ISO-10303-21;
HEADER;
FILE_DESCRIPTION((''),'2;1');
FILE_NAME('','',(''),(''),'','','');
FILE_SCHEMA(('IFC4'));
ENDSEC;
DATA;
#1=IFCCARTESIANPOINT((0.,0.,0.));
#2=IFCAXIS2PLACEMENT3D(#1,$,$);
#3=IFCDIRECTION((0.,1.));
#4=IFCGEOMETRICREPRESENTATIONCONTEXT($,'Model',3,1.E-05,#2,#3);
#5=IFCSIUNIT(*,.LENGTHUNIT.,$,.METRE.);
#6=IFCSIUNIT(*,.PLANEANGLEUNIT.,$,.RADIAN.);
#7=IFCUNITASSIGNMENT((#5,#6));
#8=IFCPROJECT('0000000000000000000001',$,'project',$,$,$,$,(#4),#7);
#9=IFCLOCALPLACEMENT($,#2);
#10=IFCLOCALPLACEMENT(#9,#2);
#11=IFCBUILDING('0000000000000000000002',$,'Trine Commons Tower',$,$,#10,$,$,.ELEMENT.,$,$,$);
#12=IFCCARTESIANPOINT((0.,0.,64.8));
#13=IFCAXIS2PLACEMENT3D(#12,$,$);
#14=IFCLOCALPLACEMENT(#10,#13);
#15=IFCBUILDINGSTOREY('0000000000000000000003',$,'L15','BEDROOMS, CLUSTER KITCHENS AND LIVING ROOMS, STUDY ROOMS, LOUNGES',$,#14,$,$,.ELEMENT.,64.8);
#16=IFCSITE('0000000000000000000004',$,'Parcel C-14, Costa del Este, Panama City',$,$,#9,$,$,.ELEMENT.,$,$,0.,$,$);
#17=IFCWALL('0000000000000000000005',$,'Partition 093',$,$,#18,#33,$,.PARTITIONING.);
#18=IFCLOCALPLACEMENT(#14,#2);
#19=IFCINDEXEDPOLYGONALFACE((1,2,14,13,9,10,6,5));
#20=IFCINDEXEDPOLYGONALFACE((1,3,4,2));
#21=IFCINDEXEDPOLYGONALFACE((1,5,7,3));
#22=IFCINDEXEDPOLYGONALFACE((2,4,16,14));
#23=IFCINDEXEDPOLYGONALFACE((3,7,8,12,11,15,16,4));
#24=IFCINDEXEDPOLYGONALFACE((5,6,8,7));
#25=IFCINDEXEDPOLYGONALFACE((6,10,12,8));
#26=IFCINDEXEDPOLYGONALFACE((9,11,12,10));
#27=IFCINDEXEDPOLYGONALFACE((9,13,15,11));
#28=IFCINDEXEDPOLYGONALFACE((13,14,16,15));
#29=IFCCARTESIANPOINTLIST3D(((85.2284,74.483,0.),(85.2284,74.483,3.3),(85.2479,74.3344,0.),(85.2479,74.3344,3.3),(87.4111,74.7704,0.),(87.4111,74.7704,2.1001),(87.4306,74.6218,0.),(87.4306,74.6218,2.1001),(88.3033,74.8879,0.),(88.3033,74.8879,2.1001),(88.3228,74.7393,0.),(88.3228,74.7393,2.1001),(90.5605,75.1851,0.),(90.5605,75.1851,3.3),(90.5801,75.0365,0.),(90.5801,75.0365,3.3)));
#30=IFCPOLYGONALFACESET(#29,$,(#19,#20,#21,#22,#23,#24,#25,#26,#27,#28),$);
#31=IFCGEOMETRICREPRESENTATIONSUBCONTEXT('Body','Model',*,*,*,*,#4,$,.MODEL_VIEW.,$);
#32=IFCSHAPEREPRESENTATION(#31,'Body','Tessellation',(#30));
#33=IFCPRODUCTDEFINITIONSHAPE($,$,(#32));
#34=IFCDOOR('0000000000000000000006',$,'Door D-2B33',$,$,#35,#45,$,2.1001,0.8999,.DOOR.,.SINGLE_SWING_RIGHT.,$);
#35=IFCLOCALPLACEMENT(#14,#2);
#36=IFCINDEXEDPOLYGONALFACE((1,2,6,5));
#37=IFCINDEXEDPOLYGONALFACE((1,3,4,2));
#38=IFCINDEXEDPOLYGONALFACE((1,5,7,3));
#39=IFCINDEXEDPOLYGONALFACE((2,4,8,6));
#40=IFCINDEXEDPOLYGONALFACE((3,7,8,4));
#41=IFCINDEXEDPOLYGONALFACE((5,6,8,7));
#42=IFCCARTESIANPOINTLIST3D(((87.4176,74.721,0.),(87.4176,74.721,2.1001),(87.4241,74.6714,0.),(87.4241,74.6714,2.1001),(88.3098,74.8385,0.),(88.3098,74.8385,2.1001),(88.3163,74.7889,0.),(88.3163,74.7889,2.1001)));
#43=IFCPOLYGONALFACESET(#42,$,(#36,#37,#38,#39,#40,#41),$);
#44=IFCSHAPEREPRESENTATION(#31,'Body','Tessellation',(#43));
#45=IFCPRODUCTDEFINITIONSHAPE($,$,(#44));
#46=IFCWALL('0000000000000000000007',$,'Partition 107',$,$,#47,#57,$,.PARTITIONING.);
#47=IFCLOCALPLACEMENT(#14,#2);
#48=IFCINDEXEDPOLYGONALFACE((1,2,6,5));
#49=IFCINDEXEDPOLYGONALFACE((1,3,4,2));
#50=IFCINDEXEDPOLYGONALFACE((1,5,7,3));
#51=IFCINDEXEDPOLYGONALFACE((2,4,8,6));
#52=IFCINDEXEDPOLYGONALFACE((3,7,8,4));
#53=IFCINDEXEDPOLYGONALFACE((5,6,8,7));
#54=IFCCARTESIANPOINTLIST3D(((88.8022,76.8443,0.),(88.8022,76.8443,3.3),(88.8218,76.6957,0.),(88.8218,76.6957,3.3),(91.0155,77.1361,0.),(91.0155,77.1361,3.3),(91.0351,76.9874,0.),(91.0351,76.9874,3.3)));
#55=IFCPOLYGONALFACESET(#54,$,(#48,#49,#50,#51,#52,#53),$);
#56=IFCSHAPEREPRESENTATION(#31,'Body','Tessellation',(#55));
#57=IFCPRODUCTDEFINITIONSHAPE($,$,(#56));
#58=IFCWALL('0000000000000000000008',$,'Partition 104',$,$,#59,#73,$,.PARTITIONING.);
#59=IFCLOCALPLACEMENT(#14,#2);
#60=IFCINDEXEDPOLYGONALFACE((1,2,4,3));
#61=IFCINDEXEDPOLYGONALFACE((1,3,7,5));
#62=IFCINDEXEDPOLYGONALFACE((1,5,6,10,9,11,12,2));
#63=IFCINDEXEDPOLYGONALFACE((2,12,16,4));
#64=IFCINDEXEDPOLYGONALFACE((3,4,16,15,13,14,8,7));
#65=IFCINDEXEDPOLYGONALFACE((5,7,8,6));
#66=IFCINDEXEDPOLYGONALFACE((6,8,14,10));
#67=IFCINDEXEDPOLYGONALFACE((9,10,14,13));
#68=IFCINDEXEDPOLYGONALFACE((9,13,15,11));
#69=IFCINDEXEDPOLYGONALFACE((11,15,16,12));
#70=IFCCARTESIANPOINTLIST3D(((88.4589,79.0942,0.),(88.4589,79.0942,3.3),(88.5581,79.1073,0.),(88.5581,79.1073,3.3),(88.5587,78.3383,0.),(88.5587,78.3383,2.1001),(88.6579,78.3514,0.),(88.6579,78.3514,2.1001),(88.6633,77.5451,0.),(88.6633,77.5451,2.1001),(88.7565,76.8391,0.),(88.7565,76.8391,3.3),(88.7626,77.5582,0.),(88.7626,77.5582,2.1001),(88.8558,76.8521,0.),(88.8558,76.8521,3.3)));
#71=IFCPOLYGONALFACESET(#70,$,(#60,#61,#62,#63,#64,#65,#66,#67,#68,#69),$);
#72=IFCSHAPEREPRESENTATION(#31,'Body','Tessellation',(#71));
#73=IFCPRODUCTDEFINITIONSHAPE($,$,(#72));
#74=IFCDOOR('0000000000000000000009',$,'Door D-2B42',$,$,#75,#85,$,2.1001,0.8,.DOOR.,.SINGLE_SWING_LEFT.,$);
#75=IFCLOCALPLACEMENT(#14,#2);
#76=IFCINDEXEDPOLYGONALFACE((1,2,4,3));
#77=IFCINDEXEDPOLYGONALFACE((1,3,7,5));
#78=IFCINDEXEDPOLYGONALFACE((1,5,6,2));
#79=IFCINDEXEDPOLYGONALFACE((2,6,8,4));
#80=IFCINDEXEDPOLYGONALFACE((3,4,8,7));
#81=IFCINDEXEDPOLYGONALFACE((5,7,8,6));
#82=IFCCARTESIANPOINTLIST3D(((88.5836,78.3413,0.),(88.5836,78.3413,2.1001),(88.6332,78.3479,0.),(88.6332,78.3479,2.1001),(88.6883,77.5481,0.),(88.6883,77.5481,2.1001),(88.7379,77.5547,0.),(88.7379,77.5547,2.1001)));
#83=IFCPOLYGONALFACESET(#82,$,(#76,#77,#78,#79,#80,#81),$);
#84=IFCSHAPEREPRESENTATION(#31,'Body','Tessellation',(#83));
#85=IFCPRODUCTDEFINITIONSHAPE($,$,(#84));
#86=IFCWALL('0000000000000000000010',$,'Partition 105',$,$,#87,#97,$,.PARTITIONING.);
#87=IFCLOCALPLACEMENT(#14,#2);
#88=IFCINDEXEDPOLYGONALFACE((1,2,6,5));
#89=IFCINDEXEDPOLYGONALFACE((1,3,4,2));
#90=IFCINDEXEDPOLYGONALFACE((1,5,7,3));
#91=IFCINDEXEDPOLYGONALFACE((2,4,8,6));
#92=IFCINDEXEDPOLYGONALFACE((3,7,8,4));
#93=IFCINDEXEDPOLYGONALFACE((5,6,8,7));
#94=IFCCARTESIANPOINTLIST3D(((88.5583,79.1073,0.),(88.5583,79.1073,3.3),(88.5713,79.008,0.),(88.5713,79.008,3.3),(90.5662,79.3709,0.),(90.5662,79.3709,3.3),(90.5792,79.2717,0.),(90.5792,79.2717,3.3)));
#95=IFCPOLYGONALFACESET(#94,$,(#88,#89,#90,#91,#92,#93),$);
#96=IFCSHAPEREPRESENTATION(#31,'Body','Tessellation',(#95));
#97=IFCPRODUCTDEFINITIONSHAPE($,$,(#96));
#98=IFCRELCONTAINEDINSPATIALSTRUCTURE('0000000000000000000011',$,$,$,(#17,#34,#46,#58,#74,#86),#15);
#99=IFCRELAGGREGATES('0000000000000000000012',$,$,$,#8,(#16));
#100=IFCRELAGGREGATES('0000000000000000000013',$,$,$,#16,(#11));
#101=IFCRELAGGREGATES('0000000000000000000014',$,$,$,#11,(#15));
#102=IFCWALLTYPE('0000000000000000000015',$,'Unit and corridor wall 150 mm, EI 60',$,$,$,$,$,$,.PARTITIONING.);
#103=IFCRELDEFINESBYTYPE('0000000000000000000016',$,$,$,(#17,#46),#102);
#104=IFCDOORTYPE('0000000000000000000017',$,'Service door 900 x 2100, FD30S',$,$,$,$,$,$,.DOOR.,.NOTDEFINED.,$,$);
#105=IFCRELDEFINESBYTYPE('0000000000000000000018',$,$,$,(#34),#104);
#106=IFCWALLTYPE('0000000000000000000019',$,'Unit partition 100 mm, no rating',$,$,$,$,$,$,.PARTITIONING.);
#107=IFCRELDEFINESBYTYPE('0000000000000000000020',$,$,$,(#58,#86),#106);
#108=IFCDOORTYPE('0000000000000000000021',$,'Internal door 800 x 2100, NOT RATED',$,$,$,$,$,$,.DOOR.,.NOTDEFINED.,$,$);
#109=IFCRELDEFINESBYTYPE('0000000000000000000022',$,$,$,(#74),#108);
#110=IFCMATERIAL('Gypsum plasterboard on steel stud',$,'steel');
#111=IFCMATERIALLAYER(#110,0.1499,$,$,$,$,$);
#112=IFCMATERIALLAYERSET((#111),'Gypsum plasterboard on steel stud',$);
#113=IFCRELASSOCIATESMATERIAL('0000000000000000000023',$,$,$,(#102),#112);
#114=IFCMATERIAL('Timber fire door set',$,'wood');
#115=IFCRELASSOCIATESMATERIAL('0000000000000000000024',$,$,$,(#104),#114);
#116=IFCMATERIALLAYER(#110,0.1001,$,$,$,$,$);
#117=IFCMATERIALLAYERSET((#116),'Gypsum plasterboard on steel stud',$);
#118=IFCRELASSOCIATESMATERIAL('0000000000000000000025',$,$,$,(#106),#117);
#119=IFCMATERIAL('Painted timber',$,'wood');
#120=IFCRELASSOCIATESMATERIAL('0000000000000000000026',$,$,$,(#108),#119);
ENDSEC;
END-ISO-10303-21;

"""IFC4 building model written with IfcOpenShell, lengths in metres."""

from ifc_helpers import new_model, si_unit, direction, frame, frame_2d, origin, place, context, subcontext, project, spatial, rectangle, extrude, material, layer, layer_set, type_object, element, fill, save


model = new_model("IFC4")

# Units and contexts
model_context = context("Model", 3, precision=1e-05, world=origin(), true_north=direction((0.0, 1.0)))
body_context = subcontext(model_context, "Body", "Model", "MODEL_VIEW")
ifc_project = project(units=[si_unit("LENGTHUNIT", "METRE"), si_unit("PLANEANGLEUNIT", "RADIAN")], contexts=[model_context])

# Site, building, storey
site_placement = place(None, origin())
site = spatial("IfcSite", under=ifc_project, at=site_placement, Name="Parcel C-14, Costa del Este, Panama City", CompositionType="ELEMENT", RefElevation=0.0)
building_placement = place(site_placement, origin())
building = spatial("IfcBuilding", under=site, at=building_placement, Name="Trine Commons Tower", CompositionType="ELEMENT")
storey_placement = place(building_placement, frame((0.0, 0.0, 64.8)))
storey = spatial("IfcBuildingStorey", under=building, at=storey_placement, Name="L15", Description="BEDROOMS, CLUSTER KITCHENS AND LIVING ROOMS, STUDY ROOMS, LOUNGES", CompositionType="ELEMENT", Elevation=64.8)

# Shared definitions
ifc_material_1 = material(Name="Gypsum plasterboard on steel stud", Category="steel")
ifc_layer_1 = layer(ifc_material_1, 0.1499)
ifc_layer_set_1 = layer_set([ifc_layer_1], Name="Gypsum plasterboard on steel stud")
wall_type_1 = type_object("IfcWallType", Name="Unit and corridor wall 150 mm, EI 60", PredefinedType="PARTITIONING", material=ifc_layer_set_1)

# Shared definitions
ifc_material_2 = material(Name="Painted timber", Category="wood")
ifc_material_3 = material(Name="Timber fire door set", Category="wood")

# Wall, opening, door
wall_1_placement = place(storey_placement, frame((85.2383, 74.4087, 0.0), z_axis=(0.0, 0.0, 1.0), x_axis=(0.991441, 0.130558, 0.0)))
wall_1 = element("IfcWall", 1, at=wall_1_placement, inside=storey, type_object=wall_type_1, Name="Partition 093", PredefinedType="PARTITIONING", context=body_context, shape_type="SweptSolid", body=[
    extrude(rectangle(XDim=5.3782, YDim=0.1499, at=frame_2d((2.689, 0.0))), origin(), (0.0, 0.0, 1.0), 3.3),
])
opening_1_placement = place(wall_1_placement, frame((2.2014, 0.0, 0.0)))
opening_1 = element("IfcOpeningElement", 2, at=opening_1_placement, cuts=wall_1, PredefinedType="OPENING", context=body_context, shape_type="SweptSolid", body=[
    extrude(rectangle(XDim=0.8999, YDim=2.1001, at=frame_2d((0.45, 1.05))), frame((0.0, 0.085, 0.0), z_axis=(0.0, -1.0, 0.0), x_axis=(1.0, 0.0, 0.0)), (0.0, 0.0, 1.0), 0.1699),
])
door_type_1 = type_object("IfcDoorType", Name="Service door 900 x 2100, FD30S", OperationType="NOTDEFINED", PredefinedType="DOOR", material=ifc_material_3)
door_1_placement = place(opening_1_placement, frame((0.8999, 0.0, 0.0), z_axis=(0.0, 0.0, 1.0), x_axis=(-1.0, 0.0, 0.0)))
door_1 = element("IfcDoor", 3, at=door_1_placement, inside=storey, type_object=door_type_1, Name="Door D-2B33", OperationType="SINGLE_SWING_RIGHT", OverallHeight=2.1001, OverallWidth=0.8999, PredefinedType="DOOR", context=body_context, shape_type="SweptSolid", body=[
    extrude(rectangle(XDim=0.8999, YDim=2.1001, at=frame_2d((0.45, 1.05))), frame((0.0, 0.0249, 0.0), z_axis=(0.0, -1.0, 0.0), x_axis=(1.0, 0.0, 0.0)), (0.0, 0.0, 1.0), 0.05),
])
fill(opening_1, door_1)

# Wall
wall_2_placement = place(storey_placement, frame((88.812, 76.77, 0.0), z_axis=(0.0, 0.0, 1.0), x_axis=(0.991424, 0.130681, 0.0)))
element("IfcWall", 4, at=wall_2_placement, inside=storey, type_object=wall_type_1, Name="Partition 107", PredefinedType="PARTITIONING", context=body_context, shape_type="SweptSolid", body=[
    extrude(rectangle(XDim=2.2324, YDim=0.1499, at=frame_2d((1.1162, 0.0))), origin(), (0.0, 0.0, 1.0), 3.3),
])

# Wall, opening, door
ifc_layer_2 = layer(ifc_material_1, 0.1001)
ifc_layer_set_2 = layer_set([ifc_layer_2], Name="Gypsum plasterboard on steel stud")
wall_type_2 = type_object("IfcWallType", Name="Unit partition 100 mm, no rating", PredefinedType="PARTITIONING", material=ifc_layer_set_2)
wall_3_placement = place(storey_placement, frame((88.5085, 79.1006, 0.0), z_axis=(0.0, 0.0, 1.0), x_axis=(0.130835, -0.991404, 0.0)))
wall_3 = element("IfcWall", 5, at=wall_3_placement, inside=storey, type_object=wall_type_2, Name="Partition 104", PredefinedType="PARTITIONING", context=body_context, shape_type="SweptSolid", body=[
    extrude(rectangle(XDim=2.2747, YDim=0.1001, at=frame_2d((1.1372, 0.0))), origin(), (0.0, 0.0, 1.0), 3.3),
])
opening_2_placement = place(wall_3_placement, frame((0.7625, 0.0, 0.0)))
opening_2 = element("IfcOpeningElement", 6, at=opening_2_placement, cuts=wall_3, PredefinedType="OPENING", context=body_context, shape_type="SweptSolid", body=[
    extrude(rectangle(XDim=0.8, YDim=2.1001, at=frame_2d((0.3999, 1.05))), frame((0.0, 0.0601, 0.0), z_axis=(0.0, -1.0, 0.0), x_axis=(1.0, 0.0, 0.0)), (0.0, 0.0, 1.0), 0.1201),
])
door_type_2 = type_object("IfcDoorType", Name="Internal door 800 x 2100, NOT RATED", OperationType="NOTDEFINED", PredefinedType="DOOR", material=ifc_material_2)
door_2_placement = place(opening_2_placement, frame((0.8, 0.0, 0.0), z_axis=(0.0, 0.0, 1.0), x_axis=(-1.0, 0.0, 0.0)))
door_2 = element("IfcDoor", 7, at=door_2_placement, inside=storey, type_object=door_type_2, Name="Door D-2B42", OperationType="SINGLE_SWING_LEFT", OverallHeight=2.1001, OverallWidth=0.8, PredefinedType="DOOR", context=body_context, shape_type="SweptSolid", body=[
    extrude(rectangle(XDim=0.8, YDim=2.1001, at=frame_2d((0.3999, 1.05))), frame((0.0, 0.0249, 0.0), z_axis=(0.0, -1.0, 0.0), x_axis=(1.0, 0.0, 0.0)), (0.0, 0.0, 1.0), 0.05),
])
fill(opening_2, door_2)

# Wall
wall_4_placement = place(storey_placement, frame((88.5647, 79.0576, 0.0), z_axis=(0.0, 0.0, 1.0), x_axis=(0.991487, 0.130205, 0.0)))
element("IfcWall", 8, at=wall_4_placement, inside=storey, type_object=wall_type_2, Name="Partition 105", PredefinedType="PARTITIONING", context=body_context, shape_type="SweptSolid", body=[
    extrude(rectangle(XDim=2.0251, YDim=0.1001, at=frame_2d((1.0127, 0.0))), origin(), (0.0, 0.0, 1.0), 3.3),
])

save(model, "model.ifc")
